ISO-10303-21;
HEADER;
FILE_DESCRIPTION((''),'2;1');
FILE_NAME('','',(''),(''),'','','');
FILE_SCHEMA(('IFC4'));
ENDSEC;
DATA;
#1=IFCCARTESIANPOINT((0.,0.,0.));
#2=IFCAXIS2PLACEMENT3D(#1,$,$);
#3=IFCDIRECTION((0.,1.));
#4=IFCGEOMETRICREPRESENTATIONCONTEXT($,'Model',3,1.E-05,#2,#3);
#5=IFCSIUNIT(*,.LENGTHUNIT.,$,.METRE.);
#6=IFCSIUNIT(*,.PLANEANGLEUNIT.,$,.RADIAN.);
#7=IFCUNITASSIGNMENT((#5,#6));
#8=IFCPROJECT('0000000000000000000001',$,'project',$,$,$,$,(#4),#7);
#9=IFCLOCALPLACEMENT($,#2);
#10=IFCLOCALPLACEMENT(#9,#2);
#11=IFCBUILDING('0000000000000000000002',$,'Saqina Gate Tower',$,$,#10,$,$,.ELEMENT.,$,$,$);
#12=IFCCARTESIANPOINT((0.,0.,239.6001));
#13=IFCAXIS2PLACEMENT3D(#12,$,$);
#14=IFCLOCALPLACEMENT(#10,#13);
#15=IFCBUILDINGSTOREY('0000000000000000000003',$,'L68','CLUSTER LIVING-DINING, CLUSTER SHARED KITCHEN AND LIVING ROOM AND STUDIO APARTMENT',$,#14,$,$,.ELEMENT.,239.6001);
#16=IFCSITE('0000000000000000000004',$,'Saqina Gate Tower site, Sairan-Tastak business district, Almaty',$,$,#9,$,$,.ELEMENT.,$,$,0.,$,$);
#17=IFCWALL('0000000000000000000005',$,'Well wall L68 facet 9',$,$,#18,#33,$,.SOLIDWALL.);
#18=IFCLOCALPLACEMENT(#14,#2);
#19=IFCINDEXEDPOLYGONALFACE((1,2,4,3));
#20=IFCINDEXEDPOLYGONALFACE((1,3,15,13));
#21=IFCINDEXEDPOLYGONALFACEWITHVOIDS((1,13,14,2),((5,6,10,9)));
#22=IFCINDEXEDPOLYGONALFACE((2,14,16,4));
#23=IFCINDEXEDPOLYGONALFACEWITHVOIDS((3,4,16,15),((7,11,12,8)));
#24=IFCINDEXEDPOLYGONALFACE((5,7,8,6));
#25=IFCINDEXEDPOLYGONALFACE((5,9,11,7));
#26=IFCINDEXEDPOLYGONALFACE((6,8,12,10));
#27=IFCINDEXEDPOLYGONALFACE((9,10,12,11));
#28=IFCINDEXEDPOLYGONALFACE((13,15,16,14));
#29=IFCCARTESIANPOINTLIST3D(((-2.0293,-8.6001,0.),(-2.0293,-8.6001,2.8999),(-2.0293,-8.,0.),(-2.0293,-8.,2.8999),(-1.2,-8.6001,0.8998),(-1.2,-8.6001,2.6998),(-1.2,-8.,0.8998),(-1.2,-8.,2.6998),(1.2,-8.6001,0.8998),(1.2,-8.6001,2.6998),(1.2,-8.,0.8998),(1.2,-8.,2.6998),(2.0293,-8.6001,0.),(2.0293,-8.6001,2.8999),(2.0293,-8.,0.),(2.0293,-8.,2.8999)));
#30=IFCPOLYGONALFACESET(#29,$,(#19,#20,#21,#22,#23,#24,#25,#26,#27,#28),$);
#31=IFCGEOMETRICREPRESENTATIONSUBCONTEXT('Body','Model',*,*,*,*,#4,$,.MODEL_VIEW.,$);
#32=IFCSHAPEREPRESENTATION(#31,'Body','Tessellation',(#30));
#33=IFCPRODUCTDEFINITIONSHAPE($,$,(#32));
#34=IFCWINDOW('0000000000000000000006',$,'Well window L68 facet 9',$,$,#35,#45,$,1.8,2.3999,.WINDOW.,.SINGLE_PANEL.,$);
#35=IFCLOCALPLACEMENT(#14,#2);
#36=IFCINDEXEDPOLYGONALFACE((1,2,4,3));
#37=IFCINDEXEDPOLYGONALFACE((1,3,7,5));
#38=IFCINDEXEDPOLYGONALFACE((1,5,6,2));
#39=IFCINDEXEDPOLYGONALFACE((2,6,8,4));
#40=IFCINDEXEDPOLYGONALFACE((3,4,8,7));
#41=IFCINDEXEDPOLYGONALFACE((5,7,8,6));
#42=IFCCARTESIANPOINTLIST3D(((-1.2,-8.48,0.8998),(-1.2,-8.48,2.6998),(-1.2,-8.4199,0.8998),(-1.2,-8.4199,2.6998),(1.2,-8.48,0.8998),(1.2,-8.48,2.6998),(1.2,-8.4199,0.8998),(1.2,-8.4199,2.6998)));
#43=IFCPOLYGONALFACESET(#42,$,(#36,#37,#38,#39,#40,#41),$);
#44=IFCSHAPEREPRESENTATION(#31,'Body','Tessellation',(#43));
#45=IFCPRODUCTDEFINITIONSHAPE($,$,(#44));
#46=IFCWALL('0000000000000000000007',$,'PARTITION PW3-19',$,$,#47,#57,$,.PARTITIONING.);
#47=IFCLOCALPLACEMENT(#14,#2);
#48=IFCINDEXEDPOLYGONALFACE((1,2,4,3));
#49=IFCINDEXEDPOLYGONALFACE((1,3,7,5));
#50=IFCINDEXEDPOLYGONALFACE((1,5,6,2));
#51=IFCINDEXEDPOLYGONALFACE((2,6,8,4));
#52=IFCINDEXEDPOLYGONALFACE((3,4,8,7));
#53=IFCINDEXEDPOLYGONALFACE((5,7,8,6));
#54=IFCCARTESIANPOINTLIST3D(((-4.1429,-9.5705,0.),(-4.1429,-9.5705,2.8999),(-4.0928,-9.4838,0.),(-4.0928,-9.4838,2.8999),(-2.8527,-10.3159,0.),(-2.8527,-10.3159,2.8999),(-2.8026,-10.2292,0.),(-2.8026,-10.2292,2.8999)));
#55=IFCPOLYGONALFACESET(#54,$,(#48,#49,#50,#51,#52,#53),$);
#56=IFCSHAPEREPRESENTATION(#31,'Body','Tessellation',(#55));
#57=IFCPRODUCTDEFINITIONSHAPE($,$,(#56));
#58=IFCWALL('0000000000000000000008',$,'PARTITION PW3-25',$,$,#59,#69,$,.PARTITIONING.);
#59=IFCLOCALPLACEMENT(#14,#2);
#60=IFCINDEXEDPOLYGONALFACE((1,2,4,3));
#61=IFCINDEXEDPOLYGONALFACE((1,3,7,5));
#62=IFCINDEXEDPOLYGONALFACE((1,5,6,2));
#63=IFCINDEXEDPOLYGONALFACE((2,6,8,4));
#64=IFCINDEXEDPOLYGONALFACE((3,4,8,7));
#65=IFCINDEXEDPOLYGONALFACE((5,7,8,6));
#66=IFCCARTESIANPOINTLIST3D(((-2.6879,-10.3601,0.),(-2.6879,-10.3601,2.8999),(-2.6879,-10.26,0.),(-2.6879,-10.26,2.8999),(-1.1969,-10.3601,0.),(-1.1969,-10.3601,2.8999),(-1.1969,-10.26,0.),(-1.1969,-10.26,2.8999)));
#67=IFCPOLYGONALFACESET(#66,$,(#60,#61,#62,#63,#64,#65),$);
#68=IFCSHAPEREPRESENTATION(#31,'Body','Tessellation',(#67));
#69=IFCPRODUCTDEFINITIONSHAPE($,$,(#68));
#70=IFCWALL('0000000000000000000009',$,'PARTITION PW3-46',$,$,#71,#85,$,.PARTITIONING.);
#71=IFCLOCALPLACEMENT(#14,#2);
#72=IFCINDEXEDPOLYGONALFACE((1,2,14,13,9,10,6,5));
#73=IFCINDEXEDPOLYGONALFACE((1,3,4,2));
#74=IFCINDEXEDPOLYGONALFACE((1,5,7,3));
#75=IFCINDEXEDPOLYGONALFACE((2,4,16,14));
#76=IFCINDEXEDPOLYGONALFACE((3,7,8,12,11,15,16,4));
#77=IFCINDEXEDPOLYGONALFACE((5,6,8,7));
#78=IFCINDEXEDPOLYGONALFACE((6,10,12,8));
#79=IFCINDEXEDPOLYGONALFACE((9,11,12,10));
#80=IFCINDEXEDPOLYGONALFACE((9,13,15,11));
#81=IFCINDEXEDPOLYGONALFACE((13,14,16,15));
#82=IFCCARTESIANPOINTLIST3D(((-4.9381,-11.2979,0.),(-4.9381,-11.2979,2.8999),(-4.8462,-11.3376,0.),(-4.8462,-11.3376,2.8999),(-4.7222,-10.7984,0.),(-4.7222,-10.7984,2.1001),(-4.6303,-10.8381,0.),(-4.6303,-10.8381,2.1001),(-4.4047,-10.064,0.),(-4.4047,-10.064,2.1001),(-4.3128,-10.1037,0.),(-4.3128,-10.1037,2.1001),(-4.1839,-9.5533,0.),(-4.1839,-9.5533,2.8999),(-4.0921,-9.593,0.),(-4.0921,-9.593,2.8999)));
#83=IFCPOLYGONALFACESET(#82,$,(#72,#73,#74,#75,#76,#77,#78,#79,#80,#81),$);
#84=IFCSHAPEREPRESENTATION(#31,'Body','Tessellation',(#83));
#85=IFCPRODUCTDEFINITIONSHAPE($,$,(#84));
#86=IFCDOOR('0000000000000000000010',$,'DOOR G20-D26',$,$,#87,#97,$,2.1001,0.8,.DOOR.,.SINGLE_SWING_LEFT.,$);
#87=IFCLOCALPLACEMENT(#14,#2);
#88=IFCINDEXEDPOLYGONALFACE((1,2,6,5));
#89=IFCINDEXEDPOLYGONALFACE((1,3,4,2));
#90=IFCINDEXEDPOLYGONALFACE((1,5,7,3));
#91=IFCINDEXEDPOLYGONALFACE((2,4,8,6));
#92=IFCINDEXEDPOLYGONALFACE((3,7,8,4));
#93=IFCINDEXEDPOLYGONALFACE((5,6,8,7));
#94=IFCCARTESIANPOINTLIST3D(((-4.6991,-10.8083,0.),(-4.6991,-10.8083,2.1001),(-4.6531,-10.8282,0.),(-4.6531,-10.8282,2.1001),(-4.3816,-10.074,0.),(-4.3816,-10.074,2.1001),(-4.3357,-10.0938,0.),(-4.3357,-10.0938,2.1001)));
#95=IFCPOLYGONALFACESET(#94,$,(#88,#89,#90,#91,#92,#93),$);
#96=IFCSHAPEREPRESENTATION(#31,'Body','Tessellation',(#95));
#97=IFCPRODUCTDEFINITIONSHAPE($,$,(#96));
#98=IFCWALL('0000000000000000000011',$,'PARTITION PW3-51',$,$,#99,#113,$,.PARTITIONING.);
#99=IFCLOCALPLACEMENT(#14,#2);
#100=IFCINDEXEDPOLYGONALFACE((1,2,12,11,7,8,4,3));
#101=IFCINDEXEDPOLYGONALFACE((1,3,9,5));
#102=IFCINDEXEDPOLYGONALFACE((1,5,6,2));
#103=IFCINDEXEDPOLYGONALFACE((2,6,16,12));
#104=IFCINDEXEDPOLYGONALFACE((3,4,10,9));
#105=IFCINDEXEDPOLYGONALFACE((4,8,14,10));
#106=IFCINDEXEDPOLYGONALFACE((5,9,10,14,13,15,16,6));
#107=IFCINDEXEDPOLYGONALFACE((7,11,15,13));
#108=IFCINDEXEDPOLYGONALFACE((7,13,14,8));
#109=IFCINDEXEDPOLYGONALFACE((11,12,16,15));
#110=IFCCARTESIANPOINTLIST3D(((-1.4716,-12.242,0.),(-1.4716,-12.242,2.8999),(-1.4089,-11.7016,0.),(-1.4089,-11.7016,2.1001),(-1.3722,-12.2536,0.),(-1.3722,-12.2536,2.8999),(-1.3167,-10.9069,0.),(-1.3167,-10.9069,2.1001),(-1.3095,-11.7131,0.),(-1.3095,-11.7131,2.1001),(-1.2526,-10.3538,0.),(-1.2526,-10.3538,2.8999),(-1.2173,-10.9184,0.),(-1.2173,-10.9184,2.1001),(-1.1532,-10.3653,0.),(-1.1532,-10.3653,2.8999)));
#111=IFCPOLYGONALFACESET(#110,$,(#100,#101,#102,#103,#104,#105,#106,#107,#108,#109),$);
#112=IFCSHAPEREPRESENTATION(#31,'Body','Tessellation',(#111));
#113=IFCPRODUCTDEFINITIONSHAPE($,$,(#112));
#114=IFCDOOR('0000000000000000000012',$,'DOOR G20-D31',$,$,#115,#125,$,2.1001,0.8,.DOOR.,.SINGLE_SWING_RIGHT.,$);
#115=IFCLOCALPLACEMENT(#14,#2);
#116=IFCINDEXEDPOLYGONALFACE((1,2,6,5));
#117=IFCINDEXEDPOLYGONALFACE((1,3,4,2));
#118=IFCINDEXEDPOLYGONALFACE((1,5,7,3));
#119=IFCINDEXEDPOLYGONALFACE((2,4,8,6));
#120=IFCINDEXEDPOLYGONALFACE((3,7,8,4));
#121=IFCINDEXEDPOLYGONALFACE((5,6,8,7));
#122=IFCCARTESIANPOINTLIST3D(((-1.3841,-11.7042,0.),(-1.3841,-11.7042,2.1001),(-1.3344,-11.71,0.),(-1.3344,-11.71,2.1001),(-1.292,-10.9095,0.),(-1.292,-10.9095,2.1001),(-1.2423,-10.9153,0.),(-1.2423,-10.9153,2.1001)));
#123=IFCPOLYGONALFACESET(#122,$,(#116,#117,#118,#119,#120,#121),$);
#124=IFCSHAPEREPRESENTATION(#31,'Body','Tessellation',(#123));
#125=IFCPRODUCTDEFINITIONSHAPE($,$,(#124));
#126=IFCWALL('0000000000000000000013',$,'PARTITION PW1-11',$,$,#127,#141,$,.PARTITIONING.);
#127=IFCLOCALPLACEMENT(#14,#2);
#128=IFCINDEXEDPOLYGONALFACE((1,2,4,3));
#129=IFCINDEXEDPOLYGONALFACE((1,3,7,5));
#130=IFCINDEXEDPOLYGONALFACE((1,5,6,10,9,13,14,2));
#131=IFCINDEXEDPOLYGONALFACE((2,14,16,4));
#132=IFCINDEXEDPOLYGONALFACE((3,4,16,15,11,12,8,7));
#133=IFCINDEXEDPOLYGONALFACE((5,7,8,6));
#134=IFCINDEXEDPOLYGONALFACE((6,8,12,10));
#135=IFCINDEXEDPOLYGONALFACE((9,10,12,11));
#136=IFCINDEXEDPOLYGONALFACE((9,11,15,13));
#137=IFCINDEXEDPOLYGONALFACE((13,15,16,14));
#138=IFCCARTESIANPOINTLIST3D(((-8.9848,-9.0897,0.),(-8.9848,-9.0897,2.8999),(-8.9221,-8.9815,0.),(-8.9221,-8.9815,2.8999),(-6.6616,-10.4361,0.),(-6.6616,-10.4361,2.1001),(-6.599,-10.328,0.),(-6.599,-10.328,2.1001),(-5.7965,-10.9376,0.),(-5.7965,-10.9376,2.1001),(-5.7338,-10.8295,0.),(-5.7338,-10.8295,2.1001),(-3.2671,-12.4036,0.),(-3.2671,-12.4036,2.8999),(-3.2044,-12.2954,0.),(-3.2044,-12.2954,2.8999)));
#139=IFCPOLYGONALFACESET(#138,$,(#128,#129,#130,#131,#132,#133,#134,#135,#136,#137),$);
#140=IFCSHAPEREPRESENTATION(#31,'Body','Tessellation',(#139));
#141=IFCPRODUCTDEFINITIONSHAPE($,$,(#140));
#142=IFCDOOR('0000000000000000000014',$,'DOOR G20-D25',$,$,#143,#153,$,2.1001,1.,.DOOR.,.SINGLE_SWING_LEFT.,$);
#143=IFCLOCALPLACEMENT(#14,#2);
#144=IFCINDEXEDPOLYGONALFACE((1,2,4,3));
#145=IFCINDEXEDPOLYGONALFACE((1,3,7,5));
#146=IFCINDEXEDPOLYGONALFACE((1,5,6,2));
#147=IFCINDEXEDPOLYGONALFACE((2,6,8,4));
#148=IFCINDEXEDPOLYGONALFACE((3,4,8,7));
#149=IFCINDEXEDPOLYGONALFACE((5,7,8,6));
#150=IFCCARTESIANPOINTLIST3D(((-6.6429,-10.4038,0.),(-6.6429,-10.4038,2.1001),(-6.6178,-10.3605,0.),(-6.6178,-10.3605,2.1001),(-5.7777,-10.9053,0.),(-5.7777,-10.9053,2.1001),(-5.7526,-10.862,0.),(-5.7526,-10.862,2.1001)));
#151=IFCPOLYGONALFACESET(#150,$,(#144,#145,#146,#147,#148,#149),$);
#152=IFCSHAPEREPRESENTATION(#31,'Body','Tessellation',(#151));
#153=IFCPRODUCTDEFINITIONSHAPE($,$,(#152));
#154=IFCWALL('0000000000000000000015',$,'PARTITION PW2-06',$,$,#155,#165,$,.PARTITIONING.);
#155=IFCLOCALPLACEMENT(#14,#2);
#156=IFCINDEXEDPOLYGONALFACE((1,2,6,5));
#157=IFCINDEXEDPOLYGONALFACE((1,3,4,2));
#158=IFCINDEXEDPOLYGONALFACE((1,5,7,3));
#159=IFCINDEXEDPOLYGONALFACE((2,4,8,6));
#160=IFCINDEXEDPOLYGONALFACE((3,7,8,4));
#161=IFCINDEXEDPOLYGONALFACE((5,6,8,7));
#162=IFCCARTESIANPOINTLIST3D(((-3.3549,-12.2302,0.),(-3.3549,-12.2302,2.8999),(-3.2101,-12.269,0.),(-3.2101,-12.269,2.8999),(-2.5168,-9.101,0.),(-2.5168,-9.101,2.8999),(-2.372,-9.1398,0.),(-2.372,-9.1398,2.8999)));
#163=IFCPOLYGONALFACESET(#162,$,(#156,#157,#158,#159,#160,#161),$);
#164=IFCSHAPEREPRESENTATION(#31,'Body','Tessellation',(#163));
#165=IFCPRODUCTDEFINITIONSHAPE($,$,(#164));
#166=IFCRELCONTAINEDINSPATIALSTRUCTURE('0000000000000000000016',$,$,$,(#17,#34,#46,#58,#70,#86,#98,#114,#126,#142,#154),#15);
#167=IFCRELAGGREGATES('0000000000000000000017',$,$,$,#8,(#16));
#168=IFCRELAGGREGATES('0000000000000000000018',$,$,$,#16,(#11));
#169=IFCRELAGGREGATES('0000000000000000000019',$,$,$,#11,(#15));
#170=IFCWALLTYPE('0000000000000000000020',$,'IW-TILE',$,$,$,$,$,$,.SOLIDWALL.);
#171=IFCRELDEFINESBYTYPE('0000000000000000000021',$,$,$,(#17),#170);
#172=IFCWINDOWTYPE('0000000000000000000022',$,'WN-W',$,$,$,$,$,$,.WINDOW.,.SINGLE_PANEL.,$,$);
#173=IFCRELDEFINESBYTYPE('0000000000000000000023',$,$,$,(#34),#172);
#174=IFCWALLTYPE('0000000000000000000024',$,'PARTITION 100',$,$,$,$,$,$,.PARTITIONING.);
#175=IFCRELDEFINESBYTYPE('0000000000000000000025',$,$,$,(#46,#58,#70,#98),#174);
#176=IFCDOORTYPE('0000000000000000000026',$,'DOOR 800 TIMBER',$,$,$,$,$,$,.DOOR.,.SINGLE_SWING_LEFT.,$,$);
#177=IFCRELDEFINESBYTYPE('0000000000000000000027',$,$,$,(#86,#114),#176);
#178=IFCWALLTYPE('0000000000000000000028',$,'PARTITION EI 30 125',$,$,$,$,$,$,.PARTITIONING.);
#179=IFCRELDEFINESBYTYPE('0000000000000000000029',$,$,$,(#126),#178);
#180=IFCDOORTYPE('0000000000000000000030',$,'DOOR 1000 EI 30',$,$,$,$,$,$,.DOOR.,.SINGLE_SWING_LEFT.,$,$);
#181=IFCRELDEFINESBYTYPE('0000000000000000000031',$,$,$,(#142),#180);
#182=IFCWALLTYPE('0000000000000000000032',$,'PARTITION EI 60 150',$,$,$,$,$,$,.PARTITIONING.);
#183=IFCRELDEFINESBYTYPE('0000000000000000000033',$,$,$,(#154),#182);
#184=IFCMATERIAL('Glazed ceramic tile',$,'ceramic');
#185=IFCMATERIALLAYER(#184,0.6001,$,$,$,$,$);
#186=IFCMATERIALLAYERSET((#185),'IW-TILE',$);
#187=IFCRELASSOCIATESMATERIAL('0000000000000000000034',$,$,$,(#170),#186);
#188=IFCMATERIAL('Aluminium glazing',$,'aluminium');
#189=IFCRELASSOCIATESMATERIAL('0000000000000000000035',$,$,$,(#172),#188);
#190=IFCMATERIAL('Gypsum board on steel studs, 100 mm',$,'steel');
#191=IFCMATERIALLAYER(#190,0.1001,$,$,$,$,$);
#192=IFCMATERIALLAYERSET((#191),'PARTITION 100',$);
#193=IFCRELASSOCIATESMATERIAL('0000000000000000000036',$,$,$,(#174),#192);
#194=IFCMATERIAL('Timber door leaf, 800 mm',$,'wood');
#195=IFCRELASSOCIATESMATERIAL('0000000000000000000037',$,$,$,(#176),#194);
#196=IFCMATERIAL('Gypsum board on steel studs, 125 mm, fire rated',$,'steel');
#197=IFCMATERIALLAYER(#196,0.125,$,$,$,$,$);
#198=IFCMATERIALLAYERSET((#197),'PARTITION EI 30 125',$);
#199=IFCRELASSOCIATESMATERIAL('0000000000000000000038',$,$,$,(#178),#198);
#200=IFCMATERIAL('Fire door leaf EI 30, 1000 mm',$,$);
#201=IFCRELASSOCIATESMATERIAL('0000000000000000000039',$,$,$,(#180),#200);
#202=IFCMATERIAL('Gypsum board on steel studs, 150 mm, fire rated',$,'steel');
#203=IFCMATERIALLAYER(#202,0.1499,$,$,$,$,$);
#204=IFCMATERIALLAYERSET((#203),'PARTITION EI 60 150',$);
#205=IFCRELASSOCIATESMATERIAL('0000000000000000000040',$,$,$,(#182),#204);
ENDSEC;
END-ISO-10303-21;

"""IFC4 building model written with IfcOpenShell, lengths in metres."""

from ifc_helpers import new_model, si_unit, direction, frame, frame_2d, origin, place, context, subcontext, project, spatial, rectangle, extrude, material, layer, layer_set, type_object, element, fill, save


model = new_model("IFC4")

# Units and contexts
model_context = context("Model", 3, precision=1e-05, world=origin(), true_north=direction((0.0, 1.0)))
body_context = subcontext(model_context, "Body", "Model", "MODEL_VIEW")
ifc_project = project(units=[si_unit("LENGTHUNIT", "METRE"), si_unit("PLANEANGLEUNIT", "RADIAN")], contexts=[model_context])

# Site, building, storey
site_placement = place(None, origin())
site = spatial("IfcSite", under=ifc_project, at=site_placement, Name="Saqina Gate Tower site, Sairan-Tastak business district, Almaty", CompositionType="ELEMENT", RefElevation=0.0)
building_placement = place(site_placement, origin())
building = spatial("IfcBuilding", under=site, at=building_placement, Name="Saqina Gate Tower", CompositionType="ELEMENT")
storey_placement = place(building_placement, frame((0.0, 0.0, 239.6001)))
storey = spatial("IfcBuildingStorey", under=building, at=storey_placement, Name="L68", Description="CLUSTER LIVING-DINING, CLUSTER SHARED KITCHEN AND LIVING ROOM AND STUDIO APARTMENT", CompositionType="ELEMENT", Elevation=239.6001)

# Wall, opening, window
ifc_material_1 = material(Name="Glazed ceramic tile", Category="ceramic")
ifc_layer_1 = layer(ifc_material_1, 0.6001)
ifc_layer_set_1 = layer_set([ifc_layer_1], Name="IW-TILE")
wall_type_1 = type_object("IfcWallType", Name="IW-TILE", PredefinedType="SOLIDWALL", material=ifc_layer_set_1)
ifc_material_2 = material(Name="Aluminium glazing", Category="aluminium")
window_type = type_object("IfcWindowType", Name="WN-W", PartitioningType="SINGLE_PANEL", PredefinedType="WINDOW", material=ifc_material_2)
wall_1_placement = place(storey_placement, frame((-2.0293, -8.3, 0.0), z_axis=(0.0, 0.0, 1.0), x_axis=(1.0, 0.0, 0.0)))
wall_1 = element("IfcWall", 1, at=wall_1_placement, inside=storey, type_object=wall_type_1, Name="Well wall L68 facet 9", PredefinedType="SOLIDWALL", context=body_context, shape_type="SweptSolid", body=[
    extrude(rectangle(XDim=4.0586, YDim=0.6001, at=frame_2d((2.0293, 0.0))), origin(), (0.0, 0.0, 1.0), 2.8999),
])
opening_1_placement = place(wall_1_placement, frame((0.8293, 0.0, 0.8999)))
opening_1 = element("IfcOpeningElement", 2, at=opening_1_placement, cuts=wall_1, PredefinedType="OPENING", context=body_context, shape_type="SweptSolid", body=[
    extrude(rectangle(XDim=2.3999, YDim=1.8, at=frame_2d((1.2, 0.8999))), frame((0.0, 0.312, 0.0), z_axis=(0.0, -1.0, 0.0), x_axis=(1.0, 0.0, 0.0)), (0.0, 0.0, 1.0), 0.624),
])
window_1_placement = place(opening_1_placement, origin())
window_1 = element("IfcWindow", 3, at=window_1_placement, inside=storey, type_object=window_type, Name="Well window L68 facet 9", OverallHeight=1.8, OverallWidth=2.3999, PartitioningType="SINGLE_PANEL", PredefinedType="WINDOW", context=body_context, shape_type="SweptSolid", body=[
    extrude(rectangle(XDim=2.3999, YDim=1.8, at=frame_2d((1.2, 0.8999))), frame((0.0, -0.1199, 0.0), z_axis=(0.0, -1.0, 0.0), x_axis=(1.0, 0.0, 0.0)), (0.0, 0.0, 1.0), 0.0601),
])
fill(opening_1, window_1)

# Walls
ifc_material_3 = material(Name="Gypsum board on steel studs, 100 mm", Category="steel")
ifc_layer_2 = layer(ifc_material_3, 0.1001)
ifc_layer_set_2 = layer_set([ifc_layer_2], Name="PARTITION 100")
wall_type_2 = type_object("IfcWallType", Name="PARTITION 100", PredefinedType="PARTITIONING", material=ifc_layer_set_2)
wall_2_placement = place(storey_placement, frame((-4.1179, -9.5271, 0.0), z_axis=(0.0, 0.0, 1.0), x_axis=(0.865863, -0.50028, 0.0)))
element("IfcWall", 4, at=wall_2_placement, inside=storey, type_object=wall_type_2, Name="PARTITION PW3-19", PredefinedType="PARTITIONING", context=body_context, shape_type="SweptSolid", body=[
    extrude(rectangle(XDim=1.49, YDim=0.1001, at=frame_2d((0.7451, 0.0))), origin(), (0.0, 0.0, 1.0), 2.8999),
])
wall_3_placement = place(storey_placement, frame((-2.688, -10.3101, 0.0), z_axis=(0.0, 0.0, 1.0), x_axis=(1.0, 0.0, 0.0)))
element("IfcWall", 5, at=wall_3_placement, inside=storey, type_object=wall_type_2, Name="PARTITION PW3-25", PredefinedType="PARTITIONING", context=body_context, shape_type="SweptSolid", body=[
    extrude(rectangle(XDim=1.491, YDim=0.1001, at=frame_2d((0.7456, 0.0))), origin(), (0.0, 0.0, 1.0), 2.8999),
])

# Walls, openings, doors
wall_4_placement = place(storey_placement, frame((-4.8921, -11.3176, 0.0), z_axis=(0.0, 0.0, 1.0), x_axis=(0.396785, 0.917911, 0.0)))
wall_4 = element("IfcWall", 6, at=wall_4_placement, inside=storey, type_object=wall_type_2, Name="PARTITION PW3-46", PredefinedType="PARTITIONING", context=body_context, shape_type="SweptSolid", body=[
    extrude(rectangle(XDim=1.9006, YDim=0.1001, at=frame_2d((0.9502, 0.0))), origin(), (0.0, 0.0, 1.0), 2.8999),
])
opening_2_placement = place(wall_4_placement, frame((0.5442, 0.0, 0.0)))
opening_2 = element("IfcOpeningElement", 7, at=opening_2_placement, cuts=wall_4, PredefinedType="OPENING", context=body_context, shape_type="SweptSolid", body=[
    extrude(rectangle(XDim=0.8, YDim=2.1001, at=frame_2d((0.3999, 1.05))), frame((0.0, 0.062, 0.0), z_axis=(0.0, -1.0, 0.0), x_axis=(1.0, 0.0, 0.0)), (0.0, 0.0, 1.0), 0.124),
])
ifc_material_4 = material(Name="Timber door leaf, 800 mm", Category="wood")
door_type_1 = type_object("IfcDoorType", Name="DOOR 800 TIMBER", OperationType="SINGLE_SWING_LEFT", PredefinedType="DOOR", material=ifc_material_4)
door_1_placement = place(opening_2_placement, origin())
door_1 = element("IfcDoor", 8, at=door_1_placement, inside=storey, type_object=door_type_1, Name="DOOR G20-D26", OperationType="SINGLE_SWING_LEFT", OverallHeight=2.1001, OverallWidth=0.8, PredefinedType="DOOR", context=body_context, shape_type="SweptSolid", body=[
    extrude(rectangle(XDim=0.8, YDim=2.1001, at=frame_2d((0.3999, 1.05))), frame((0.0, 0.0249, 0.0), z_axis=(0.0, -1.0, 0.0), x_axis=(1.0, 0.0, 0.0)), (0.0, 0.0, 1.0), 0.05),
])
fill(opening_2, door_1)
wall_5_placement = place(storey_placement, frame((-1.4219, -12.2478, 0.0), z_axis=(0.0, 0.0, 1.0), x_axis=(0.115209, 0.993341, 0.0)))
wall_5 = element("IfcWall", 9, at=wall_5_placement, inside=storey, type_object=wall_type_2, Name="PARTITION PW3-51", PredefinedType="PARTITIONING", context=body_context, shape_type="SweptSolid", body=[
    extrude(rectangle(XDim=1.9009, YDim=0.1001, at=frame_2d((0.9504, 0.0))), origin(), (0.0, 0.0, 1.0), 2.8999),
])
opening_3_placement = place(wall_5_placement, frame((0.5442, 0.0, 0.0)))
opening_3 = element("IfcOpeningElement", 10, at=opening_3_placement, cuts=wall_5, PredefinedType="OPENING", context=body_context, shape_type="SweptSolid", body=[
    extrude(rectangle(XDim=0.8, YDim=2.1001, at=frame_2d((0.3999, 1.05))), frame((0.0, 0.062, 0.0), z_axis=(0.0, -1.0, 0.0), x_axis=(1.0, 0.0, 0.0)), (0.0, 0.0, 1.0), 0.124),
])
door_2_placement = place(opening_3_placement, frame((0.8, 0.0, 0.0), z_axis=(0.0, 0.0, 1.0), x_axis=(-1.0, 0.0, 0.0)))
door_2 = element("IfcDoor", 11, at=door_2_placement, inside=storey, type_object=door_type_1, Name="DOOR G20-D31", OperationType="SINGLE_SWING_RIGHT", OverallHeight=2.1001, OverallWidth=0.8, PredefinedType="DOOR", context=body_context, shape_type="SweptSolid", body=[
    extrude(rectangle(XDim=0.8, YDim=2.1001, at=frame_2d((0.3999, 1.05))), frame((0.0, 0.0249, 0.0), z_axis=(0.0, -1.0, 0.0), x_axis=(1.0, 0.0, 0.0)), (0.0, 0.0, 1.0), 0.05),
])
fill(opening_3, door_2)
ifc_material_5 = material(Name="Gypsum board on steel studs, 125 mm, fire rated", Category="steel")
ifc_layer_3 = layer(ifc_material_5, 0.125)
ifc_layer_set_3 = layer_set([ifc_layer_3], Name="PARTITION EI 30 125")
wall_type_3 = type_object("IfcWallType", Name="PARTITION EI 30 125", PredefinedType="PARTITIONING", material=ifc_layer_set_3)
wall_6_placement = place(storey_placement, frame((-8.9534, -9.0356, 0.0), z_axis=(0.0, 0.0, 1.0), x_axis=(0.865185, -0.501453, 0.0)))
wall_6 = element("IfcWall", 12, at=wall_6_placement, inside=storey, type_object=wall_type_3, Name="PARTITION PW1-11", PredefinedType="PARTITIONING", context=body_context, shape_type="SweptSolid", body=[
    extrude(rectangle(XDim=6.6086, YDim=0.125, at=frame_2d((3.3042, 0.0))), origin(), (0.0, 0.0, 1.0), 2.8999),
])
opening_4_placement = place(wall_6_placement, frame((2.6851, 0.0, 0.0)))
opening_4 = element("IfcOpeningElement", 13, at=opening_4_placement, cuts=wall_6, PredefinedType="OPENING", context=body_context, shape_type="SweptSolid", body=[
    extrude(rectangle(XDim=1.0, YDim=2.1001, at=frame_2d((0.5, 1.05))), frame((0.0, 0.0745, 0.0), z_axis=(0.0, -1.0, 0.0), x_axis=(1.0, 0.0, 0.0)), (0.0, 0.0, 1.0), 0.1489),
])
ifc_material_6 = material(Name="Fire door leaf EI 30, 1000 mm")
door_type_2 = type_object("IfcDoorType", Name="DOOR 1000 EI 30", OperationType="SINGLE_SWING_LEFT", PredefinedType="DOOR", material=ifc_material_6)
door_3_placement = place(opening_4_placement, origin())
door_3 = element("IfcDoor", 14, at=door_3_placement, inside=storey, type_object=door_type_2, Name="DOOR G20-D25", OperationType="SINGLE_SWING_LEFT", OverallHeight=2.1001, OverallWidth=1.0, PredefinedType="DOOR", context=body_context, shape_type="SweptSolid", body=[
    extrude(rectangle(XDim=1.0, YDim=2.1001, at=frame_2d((0.5, 1.05))), frame((0.0, 0.0249, 0.0), z_axis=(0.0, -1.0, 0.0), x_axis=(1.0, 0.0, 0.0)), (0.0, 0.0, 1.0), 0.05),
])
fill(opening_4, door_3)

# Wall
ifc_material_7 = material(Name="Gypsum board on steel studs, 150 mm, fire rated", Category="steel")
ifc_layer_4 = layer(ifc_material_7, 0.1499)
ifc_layer_set_4 = layer_set([ifc_layer_4], Name="PARTITION EI 60 150")
wall_type_4 = type_object("IfcWallType", Name="PARTITION EI 60 150", PredefinedType="PARTITIONING", material=ifc_layer_set_4)
wall_7_placement = place(storey_placement, frame((-3.2825, -12.2495, 0.0), z_axis=(0.0, 0.0, 1.0), x_axis=(0.258727, 0.96595, 0.0)))
element("IfcWall", 15, at=wall_7_placement, inside=storey, type_object=wall_type_4, Name="PARTITION PW2-06", PredefinedType="PARTITIONING", context=body_context, shape_type="SweptSolid", body=[
    extrude(rectangle(XDim=3.2395, YDim=0.1499, at=frame_2d((1.6196, 0.0))), origin(), (0.0, 0.0, 1.0), 2.8999),
])

save(model, "model.ifc")
